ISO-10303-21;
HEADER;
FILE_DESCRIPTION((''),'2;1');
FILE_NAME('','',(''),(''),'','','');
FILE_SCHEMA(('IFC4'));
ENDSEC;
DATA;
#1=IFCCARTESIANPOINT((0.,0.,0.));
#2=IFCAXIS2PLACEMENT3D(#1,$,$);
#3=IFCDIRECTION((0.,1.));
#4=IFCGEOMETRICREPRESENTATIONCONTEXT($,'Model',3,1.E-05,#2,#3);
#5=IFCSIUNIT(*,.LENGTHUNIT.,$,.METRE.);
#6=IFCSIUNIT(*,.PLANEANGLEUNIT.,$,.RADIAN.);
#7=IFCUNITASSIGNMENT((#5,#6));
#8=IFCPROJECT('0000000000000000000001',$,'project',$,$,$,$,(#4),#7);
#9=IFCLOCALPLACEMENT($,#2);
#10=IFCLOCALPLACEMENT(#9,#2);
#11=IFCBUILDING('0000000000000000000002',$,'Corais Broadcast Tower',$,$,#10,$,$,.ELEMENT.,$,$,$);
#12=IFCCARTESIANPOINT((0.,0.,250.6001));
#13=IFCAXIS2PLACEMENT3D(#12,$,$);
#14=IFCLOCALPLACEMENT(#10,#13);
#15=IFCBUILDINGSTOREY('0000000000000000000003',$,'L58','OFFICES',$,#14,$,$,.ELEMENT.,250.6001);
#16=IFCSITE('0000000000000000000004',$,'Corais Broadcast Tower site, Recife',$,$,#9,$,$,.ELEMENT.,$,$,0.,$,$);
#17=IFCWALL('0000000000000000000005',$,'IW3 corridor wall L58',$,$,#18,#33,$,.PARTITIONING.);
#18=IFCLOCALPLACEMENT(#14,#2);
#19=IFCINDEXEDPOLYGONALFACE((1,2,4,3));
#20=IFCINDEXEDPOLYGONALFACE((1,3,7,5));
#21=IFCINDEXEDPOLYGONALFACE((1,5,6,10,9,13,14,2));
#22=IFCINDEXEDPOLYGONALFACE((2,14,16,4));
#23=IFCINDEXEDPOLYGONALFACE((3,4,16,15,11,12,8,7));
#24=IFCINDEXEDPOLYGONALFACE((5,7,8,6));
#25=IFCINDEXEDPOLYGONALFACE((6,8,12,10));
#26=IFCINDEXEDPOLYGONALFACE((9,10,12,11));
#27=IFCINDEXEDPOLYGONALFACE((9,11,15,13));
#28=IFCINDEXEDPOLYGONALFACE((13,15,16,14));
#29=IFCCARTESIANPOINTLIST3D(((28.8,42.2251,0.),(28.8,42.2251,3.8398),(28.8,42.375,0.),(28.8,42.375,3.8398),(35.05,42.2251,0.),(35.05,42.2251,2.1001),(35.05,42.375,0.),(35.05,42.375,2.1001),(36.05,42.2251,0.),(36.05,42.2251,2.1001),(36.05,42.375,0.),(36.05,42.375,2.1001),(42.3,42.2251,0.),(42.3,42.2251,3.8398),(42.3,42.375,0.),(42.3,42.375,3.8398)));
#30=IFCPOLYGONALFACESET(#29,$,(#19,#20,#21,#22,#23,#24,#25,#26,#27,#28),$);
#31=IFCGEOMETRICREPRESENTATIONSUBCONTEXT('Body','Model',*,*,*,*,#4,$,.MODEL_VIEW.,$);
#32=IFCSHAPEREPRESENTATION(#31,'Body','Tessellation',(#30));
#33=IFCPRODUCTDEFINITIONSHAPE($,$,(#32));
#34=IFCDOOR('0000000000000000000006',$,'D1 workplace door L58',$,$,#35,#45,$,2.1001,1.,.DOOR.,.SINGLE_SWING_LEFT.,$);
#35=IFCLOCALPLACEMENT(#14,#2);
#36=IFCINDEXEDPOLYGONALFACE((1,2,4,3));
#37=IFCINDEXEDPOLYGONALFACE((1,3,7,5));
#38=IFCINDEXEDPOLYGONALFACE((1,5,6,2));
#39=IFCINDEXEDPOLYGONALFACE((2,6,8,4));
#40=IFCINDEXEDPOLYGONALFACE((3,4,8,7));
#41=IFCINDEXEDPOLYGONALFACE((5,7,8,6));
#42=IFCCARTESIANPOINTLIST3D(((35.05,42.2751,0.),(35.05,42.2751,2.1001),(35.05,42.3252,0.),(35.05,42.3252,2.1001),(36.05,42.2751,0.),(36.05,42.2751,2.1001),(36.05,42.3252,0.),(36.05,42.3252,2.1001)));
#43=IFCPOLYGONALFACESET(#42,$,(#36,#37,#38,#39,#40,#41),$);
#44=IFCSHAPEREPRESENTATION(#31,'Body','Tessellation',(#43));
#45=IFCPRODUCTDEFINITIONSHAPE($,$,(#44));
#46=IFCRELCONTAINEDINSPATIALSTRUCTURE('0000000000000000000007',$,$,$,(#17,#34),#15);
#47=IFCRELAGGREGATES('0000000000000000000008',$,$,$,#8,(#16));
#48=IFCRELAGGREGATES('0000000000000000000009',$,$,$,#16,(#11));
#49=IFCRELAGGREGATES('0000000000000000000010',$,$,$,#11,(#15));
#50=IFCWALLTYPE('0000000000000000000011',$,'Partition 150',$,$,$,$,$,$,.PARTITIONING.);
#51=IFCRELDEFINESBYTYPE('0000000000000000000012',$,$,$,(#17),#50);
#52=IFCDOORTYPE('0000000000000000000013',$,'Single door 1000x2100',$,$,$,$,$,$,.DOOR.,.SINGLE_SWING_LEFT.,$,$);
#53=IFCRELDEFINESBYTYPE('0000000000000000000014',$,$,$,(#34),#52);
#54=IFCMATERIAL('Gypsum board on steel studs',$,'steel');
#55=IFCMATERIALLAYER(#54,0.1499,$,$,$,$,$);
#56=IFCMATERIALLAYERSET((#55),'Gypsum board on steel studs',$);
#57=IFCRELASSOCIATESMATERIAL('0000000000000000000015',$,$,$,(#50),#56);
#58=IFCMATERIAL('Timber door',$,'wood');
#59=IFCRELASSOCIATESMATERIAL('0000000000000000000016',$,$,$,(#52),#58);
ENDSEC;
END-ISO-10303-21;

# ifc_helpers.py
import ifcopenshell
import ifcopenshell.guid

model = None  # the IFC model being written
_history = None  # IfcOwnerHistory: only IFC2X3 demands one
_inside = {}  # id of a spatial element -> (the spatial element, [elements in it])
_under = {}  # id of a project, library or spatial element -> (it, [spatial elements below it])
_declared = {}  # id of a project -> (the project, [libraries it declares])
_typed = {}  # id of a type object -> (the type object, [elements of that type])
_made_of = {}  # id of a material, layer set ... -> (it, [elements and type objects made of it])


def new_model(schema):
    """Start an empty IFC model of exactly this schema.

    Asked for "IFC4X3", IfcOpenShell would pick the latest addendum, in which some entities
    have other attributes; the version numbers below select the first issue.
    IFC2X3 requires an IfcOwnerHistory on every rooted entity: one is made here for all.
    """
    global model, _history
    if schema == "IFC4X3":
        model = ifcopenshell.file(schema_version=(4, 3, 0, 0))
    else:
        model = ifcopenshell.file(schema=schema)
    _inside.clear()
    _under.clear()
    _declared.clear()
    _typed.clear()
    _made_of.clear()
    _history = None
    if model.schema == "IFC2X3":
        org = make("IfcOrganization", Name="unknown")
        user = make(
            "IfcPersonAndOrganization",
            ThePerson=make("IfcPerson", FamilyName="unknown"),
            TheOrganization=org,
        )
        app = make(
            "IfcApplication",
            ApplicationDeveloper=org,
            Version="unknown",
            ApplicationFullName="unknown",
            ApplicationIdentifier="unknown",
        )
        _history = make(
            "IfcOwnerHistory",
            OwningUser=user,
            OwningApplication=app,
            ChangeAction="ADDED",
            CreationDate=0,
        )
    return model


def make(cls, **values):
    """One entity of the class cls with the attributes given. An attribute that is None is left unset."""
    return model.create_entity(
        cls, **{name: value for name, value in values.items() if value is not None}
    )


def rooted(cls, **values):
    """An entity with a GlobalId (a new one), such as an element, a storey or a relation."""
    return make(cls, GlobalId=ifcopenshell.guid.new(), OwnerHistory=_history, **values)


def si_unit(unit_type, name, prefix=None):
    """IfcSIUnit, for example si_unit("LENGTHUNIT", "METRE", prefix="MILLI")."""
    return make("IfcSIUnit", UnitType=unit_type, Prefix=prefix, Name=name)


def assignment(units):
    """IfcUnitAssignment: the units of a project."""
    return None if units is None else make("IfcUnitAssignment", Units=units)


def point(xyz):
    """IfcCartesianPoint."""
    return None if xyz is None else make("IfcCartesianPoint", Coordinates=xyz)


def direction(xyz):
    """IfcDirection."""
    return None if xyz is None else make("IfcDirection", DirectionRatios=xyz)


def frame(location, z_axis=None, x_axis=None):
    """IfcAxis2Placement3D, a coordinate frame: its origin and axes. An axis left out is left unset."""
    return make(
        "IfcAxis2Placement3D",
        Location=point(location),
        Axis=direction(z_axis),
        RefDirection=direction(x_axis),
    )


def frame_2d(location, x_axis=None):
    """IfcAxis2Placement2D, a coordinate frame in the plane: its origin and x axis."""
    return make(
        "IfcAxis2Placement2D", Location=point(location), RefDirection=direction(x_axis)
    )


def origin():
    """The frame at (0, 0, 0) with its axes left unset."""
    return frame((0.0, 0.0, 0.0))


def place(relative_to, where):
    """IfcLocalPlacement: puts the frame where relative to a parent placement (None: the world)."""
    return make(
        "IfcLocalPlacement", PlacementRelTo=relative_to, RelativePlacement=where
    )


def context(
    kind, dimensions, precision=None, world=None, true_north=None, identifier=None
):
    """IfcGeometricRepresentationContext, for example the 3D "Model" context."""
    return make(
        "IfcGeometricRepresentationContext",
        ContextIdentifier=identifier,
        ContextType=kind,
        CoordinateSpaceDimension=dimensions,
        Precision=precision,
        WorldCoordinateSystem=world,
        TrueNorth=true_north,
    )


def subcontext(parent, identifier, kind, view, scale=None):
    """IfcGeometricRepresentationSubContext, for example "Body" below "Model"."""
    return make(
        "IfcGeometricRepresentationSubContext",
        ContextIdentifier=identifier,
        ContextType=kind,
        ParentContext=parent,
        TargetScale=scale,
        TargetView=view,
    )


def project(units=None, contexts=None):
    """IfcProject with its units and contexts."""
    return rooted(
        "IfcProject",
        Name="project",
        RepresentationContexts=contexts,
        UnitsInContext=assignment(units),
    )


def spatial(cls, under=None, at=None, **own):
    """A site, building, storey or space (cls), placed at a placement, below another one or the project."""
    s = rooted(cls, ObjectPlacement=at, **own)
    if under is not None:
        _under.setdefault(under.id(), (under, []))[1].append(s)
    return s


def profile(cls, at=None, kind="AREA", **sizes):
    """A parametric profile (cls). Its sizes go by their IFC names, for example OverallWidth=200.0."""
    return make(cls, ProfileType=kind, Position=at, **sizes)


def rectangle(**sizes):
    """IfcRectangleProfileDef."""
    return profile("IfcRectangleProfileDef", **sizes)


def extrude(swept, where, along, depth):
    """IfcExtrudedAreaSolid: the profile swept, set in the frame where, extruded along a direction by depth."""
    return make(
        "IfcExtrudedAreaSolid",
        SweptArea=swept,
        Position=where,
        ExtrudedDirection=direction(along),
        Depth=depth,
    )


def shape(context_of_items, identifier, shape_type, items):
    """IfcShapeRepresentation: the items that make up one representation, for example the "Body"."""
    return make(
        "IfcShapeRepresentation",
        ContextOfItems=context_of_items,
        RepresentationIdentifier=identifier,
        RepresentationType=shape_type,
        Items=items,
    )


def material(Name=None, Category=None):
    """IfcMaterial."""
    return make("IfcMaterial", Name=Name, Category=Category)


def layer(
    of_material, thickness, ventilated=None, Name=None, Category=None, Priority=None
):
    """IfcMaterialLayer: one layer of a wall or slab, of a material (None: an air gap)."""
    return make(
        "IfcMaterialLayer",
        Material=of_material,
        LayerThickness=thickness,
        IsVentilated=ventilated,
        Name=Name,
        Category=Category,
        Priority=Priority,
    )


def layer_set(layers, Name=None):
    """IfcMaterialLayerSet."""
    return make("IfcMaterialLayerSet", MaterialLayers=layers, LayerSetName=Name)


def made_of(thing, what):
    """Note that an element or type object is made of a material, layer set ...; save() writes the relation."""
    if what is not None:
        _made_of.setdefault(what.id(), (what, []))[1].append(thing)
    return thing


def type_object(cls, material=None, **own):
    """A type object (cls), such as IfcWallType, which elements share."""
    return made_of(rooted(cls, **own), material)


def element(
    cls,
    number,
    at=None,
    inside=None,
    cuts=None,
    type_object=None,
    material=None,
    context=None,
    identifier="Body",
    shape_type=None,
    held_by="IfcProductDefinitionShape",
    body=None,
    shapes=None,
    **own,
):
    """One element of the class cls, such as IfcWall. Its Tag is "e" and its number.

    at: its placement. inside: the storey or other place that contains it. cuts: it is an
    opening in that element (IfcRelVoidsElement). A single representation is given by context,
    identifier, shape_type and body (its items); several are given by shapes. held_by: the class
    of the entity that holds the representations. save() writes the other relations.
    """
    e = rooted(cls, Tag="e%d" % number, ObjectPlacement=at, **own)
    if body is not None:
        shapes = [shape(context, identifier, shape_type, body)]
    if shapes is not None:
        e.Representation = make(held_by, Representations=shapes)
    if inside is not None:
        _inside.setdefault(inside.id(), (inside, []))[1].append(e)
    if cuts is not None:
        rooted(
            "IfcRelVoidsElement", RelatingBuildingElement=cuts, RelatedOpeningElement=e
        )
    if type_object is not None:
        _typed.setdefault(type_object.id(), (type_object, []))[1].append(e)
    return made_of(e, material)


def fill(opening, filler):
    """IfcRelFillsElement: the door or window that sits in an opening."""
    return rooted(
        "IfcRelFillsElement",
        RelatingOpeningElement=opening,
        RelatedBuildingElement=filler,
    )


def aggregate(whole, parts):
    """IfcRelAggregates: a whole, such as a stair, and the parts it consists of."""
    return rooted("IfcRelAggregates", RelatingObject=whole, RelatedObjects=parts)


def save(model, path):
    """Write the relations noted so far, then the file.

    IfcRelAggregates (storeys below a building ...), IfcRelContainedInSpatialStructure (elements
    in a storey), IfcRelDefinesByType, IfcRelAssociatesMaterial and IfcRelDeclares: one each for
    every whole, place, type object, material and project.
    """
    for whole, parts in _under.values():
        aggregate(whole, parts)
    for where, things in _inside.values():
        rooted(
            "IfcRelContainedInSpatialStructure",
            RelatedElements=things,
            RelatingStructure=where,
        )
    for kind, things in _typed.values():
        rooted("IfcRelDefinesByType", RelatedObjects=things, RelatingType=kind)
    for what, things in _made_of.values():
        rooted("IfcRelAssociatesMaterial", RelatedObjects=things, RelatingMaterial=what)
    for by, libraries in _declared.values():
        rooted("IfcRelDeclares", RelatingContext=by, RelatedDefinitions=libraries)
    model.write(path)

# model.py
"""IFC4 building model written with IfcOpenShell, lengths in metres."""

from ifc_helpers import new_model, si_unit, direction, frame, frame_2d, origin, place, context, subcontext, project, spatial, rectangle, extrude, material, layer, layer_set, type_object, element, fill, save


model = new_model("IFC4")

# Units and contexts
model_context = context("Model", 3, precision=1e-05, world=origin(), true_north=direction((0.0, 1.0)))
body_context = subcontext(model_context, "Body", "Model", "MODEL_VIEW")
ifc_project = project(units=[si_unit("LENGTHUNIT", "METRE"), si_unit("PLANEANGLEUNIT", "RADIAN")], contexts=[model_context])

# Site, building, storey
site_placement = place(None, origin())
site = spatial("IfcSite", under=ifc_project, at=site_placement, Name="Corais Broadcast Tower site, Recife", CompositionType="ELEMENT", RefElevation=0.0)
building_placement = place(site_placement, origin())
building = spatial("IfcBuilding", under=site, at=building_placement, Name="Corais Broadcast Tower", CompositionType="ELEMENT")
storey_placement = place(building_placement, frame((0.0, 0.0, 250.6001)))
storey = spatial("IfcBuildingStorey", under=building, at=storey_placement, Name="L58", Description="OFFICES", CompositionType="ELEMENT", Elevation=250.6001)

# Wall, opening, door
ifc_material_1 = material(Name="Gypsum board on steel studs", Category="steel")
ifc_layer_1 = layer(ifc_material_1, 0.1499)
ifc_layer_set_1 = layer_set([ifc_layer_1], Name="Gypsum board on steel studs")
wall_type = type_object("IfcWallType", Name="Partition 150", PredefinedType="PARTITIONING", material=ifc_layer_set_1)
wall_placement = place(storey_placement, frame((42.3, 42.3, 0.0), z_axis=(0.0, 0.0, 1.0), x_axis=(-1.0, 0.0, 0.0)))
wall = element("IfcWall", 1, at=wall_placement, inside=storey, type_object=wall_type, Name="IW3 corridor wall L58", PredefinedType="PARTITIONING", context=body_context, shape_type="SweptSolid", body=[
    extrude(rectangle(XDim=13.5, YDim=0.1499, at=frame_2d((6.75, 0.0))), origin(), (0.0, 0.0, 1.0), 3.8398),
])
opening_placement = place(wall_placement, frame((6.25, 0.0, 0.0)))
opening = element("IfcOpeningElement", 2, at=opening_placement, cuts=wall, PredefinedType="OPENING", context=body_context, shape_type="SweptSolid", body=[
    extrude(rectangle(XDim=1.0, YDim=2.1001, at=frame_2d((0.5, 1.05))), frame((0.0, 0.085, 0.0), z_axis=(0.0, -1.0, 0.0), x_axis=(1.0, 0.0, 0.0)), (0.0, 0.0, 1.0), 0.1699),
])
ifc_material_2 = material(Name="Timber door", Category="wood")
door_type = type_object("IfcDoorType", Name="Single door 1000x2100", OperationType="SINGLE_SWING_LEFT", PredefinedType="DOOR", material=ifc_material_2)
door_placement = place(opening_placement, origin())
door = element("IfcDoor", 3, at=door_placement, inside=storey, type_object=door_type, Name="D1 workplace door L58", OperationType="SINGLE_SWING_LEFT", OverallHeight=2.1001, OverallWidth=1.0, PredefinedType="DOOR", context=body_context, shape_type="SweptSolid", body=[
    extrude(rectangle(XDim=1.0, YDim=2.1001, at=frame_2d((0.5, 1.05))), frame((0.0, 0.0249, 0.0), z_axis=(0.0, -1.0, 0.0), x_axis=(1.0, 0.0, 0.0)), (0.0, 0.0, 1.0), 0.05),
])
fill(opening, door)

save(model, "model.ifc")
